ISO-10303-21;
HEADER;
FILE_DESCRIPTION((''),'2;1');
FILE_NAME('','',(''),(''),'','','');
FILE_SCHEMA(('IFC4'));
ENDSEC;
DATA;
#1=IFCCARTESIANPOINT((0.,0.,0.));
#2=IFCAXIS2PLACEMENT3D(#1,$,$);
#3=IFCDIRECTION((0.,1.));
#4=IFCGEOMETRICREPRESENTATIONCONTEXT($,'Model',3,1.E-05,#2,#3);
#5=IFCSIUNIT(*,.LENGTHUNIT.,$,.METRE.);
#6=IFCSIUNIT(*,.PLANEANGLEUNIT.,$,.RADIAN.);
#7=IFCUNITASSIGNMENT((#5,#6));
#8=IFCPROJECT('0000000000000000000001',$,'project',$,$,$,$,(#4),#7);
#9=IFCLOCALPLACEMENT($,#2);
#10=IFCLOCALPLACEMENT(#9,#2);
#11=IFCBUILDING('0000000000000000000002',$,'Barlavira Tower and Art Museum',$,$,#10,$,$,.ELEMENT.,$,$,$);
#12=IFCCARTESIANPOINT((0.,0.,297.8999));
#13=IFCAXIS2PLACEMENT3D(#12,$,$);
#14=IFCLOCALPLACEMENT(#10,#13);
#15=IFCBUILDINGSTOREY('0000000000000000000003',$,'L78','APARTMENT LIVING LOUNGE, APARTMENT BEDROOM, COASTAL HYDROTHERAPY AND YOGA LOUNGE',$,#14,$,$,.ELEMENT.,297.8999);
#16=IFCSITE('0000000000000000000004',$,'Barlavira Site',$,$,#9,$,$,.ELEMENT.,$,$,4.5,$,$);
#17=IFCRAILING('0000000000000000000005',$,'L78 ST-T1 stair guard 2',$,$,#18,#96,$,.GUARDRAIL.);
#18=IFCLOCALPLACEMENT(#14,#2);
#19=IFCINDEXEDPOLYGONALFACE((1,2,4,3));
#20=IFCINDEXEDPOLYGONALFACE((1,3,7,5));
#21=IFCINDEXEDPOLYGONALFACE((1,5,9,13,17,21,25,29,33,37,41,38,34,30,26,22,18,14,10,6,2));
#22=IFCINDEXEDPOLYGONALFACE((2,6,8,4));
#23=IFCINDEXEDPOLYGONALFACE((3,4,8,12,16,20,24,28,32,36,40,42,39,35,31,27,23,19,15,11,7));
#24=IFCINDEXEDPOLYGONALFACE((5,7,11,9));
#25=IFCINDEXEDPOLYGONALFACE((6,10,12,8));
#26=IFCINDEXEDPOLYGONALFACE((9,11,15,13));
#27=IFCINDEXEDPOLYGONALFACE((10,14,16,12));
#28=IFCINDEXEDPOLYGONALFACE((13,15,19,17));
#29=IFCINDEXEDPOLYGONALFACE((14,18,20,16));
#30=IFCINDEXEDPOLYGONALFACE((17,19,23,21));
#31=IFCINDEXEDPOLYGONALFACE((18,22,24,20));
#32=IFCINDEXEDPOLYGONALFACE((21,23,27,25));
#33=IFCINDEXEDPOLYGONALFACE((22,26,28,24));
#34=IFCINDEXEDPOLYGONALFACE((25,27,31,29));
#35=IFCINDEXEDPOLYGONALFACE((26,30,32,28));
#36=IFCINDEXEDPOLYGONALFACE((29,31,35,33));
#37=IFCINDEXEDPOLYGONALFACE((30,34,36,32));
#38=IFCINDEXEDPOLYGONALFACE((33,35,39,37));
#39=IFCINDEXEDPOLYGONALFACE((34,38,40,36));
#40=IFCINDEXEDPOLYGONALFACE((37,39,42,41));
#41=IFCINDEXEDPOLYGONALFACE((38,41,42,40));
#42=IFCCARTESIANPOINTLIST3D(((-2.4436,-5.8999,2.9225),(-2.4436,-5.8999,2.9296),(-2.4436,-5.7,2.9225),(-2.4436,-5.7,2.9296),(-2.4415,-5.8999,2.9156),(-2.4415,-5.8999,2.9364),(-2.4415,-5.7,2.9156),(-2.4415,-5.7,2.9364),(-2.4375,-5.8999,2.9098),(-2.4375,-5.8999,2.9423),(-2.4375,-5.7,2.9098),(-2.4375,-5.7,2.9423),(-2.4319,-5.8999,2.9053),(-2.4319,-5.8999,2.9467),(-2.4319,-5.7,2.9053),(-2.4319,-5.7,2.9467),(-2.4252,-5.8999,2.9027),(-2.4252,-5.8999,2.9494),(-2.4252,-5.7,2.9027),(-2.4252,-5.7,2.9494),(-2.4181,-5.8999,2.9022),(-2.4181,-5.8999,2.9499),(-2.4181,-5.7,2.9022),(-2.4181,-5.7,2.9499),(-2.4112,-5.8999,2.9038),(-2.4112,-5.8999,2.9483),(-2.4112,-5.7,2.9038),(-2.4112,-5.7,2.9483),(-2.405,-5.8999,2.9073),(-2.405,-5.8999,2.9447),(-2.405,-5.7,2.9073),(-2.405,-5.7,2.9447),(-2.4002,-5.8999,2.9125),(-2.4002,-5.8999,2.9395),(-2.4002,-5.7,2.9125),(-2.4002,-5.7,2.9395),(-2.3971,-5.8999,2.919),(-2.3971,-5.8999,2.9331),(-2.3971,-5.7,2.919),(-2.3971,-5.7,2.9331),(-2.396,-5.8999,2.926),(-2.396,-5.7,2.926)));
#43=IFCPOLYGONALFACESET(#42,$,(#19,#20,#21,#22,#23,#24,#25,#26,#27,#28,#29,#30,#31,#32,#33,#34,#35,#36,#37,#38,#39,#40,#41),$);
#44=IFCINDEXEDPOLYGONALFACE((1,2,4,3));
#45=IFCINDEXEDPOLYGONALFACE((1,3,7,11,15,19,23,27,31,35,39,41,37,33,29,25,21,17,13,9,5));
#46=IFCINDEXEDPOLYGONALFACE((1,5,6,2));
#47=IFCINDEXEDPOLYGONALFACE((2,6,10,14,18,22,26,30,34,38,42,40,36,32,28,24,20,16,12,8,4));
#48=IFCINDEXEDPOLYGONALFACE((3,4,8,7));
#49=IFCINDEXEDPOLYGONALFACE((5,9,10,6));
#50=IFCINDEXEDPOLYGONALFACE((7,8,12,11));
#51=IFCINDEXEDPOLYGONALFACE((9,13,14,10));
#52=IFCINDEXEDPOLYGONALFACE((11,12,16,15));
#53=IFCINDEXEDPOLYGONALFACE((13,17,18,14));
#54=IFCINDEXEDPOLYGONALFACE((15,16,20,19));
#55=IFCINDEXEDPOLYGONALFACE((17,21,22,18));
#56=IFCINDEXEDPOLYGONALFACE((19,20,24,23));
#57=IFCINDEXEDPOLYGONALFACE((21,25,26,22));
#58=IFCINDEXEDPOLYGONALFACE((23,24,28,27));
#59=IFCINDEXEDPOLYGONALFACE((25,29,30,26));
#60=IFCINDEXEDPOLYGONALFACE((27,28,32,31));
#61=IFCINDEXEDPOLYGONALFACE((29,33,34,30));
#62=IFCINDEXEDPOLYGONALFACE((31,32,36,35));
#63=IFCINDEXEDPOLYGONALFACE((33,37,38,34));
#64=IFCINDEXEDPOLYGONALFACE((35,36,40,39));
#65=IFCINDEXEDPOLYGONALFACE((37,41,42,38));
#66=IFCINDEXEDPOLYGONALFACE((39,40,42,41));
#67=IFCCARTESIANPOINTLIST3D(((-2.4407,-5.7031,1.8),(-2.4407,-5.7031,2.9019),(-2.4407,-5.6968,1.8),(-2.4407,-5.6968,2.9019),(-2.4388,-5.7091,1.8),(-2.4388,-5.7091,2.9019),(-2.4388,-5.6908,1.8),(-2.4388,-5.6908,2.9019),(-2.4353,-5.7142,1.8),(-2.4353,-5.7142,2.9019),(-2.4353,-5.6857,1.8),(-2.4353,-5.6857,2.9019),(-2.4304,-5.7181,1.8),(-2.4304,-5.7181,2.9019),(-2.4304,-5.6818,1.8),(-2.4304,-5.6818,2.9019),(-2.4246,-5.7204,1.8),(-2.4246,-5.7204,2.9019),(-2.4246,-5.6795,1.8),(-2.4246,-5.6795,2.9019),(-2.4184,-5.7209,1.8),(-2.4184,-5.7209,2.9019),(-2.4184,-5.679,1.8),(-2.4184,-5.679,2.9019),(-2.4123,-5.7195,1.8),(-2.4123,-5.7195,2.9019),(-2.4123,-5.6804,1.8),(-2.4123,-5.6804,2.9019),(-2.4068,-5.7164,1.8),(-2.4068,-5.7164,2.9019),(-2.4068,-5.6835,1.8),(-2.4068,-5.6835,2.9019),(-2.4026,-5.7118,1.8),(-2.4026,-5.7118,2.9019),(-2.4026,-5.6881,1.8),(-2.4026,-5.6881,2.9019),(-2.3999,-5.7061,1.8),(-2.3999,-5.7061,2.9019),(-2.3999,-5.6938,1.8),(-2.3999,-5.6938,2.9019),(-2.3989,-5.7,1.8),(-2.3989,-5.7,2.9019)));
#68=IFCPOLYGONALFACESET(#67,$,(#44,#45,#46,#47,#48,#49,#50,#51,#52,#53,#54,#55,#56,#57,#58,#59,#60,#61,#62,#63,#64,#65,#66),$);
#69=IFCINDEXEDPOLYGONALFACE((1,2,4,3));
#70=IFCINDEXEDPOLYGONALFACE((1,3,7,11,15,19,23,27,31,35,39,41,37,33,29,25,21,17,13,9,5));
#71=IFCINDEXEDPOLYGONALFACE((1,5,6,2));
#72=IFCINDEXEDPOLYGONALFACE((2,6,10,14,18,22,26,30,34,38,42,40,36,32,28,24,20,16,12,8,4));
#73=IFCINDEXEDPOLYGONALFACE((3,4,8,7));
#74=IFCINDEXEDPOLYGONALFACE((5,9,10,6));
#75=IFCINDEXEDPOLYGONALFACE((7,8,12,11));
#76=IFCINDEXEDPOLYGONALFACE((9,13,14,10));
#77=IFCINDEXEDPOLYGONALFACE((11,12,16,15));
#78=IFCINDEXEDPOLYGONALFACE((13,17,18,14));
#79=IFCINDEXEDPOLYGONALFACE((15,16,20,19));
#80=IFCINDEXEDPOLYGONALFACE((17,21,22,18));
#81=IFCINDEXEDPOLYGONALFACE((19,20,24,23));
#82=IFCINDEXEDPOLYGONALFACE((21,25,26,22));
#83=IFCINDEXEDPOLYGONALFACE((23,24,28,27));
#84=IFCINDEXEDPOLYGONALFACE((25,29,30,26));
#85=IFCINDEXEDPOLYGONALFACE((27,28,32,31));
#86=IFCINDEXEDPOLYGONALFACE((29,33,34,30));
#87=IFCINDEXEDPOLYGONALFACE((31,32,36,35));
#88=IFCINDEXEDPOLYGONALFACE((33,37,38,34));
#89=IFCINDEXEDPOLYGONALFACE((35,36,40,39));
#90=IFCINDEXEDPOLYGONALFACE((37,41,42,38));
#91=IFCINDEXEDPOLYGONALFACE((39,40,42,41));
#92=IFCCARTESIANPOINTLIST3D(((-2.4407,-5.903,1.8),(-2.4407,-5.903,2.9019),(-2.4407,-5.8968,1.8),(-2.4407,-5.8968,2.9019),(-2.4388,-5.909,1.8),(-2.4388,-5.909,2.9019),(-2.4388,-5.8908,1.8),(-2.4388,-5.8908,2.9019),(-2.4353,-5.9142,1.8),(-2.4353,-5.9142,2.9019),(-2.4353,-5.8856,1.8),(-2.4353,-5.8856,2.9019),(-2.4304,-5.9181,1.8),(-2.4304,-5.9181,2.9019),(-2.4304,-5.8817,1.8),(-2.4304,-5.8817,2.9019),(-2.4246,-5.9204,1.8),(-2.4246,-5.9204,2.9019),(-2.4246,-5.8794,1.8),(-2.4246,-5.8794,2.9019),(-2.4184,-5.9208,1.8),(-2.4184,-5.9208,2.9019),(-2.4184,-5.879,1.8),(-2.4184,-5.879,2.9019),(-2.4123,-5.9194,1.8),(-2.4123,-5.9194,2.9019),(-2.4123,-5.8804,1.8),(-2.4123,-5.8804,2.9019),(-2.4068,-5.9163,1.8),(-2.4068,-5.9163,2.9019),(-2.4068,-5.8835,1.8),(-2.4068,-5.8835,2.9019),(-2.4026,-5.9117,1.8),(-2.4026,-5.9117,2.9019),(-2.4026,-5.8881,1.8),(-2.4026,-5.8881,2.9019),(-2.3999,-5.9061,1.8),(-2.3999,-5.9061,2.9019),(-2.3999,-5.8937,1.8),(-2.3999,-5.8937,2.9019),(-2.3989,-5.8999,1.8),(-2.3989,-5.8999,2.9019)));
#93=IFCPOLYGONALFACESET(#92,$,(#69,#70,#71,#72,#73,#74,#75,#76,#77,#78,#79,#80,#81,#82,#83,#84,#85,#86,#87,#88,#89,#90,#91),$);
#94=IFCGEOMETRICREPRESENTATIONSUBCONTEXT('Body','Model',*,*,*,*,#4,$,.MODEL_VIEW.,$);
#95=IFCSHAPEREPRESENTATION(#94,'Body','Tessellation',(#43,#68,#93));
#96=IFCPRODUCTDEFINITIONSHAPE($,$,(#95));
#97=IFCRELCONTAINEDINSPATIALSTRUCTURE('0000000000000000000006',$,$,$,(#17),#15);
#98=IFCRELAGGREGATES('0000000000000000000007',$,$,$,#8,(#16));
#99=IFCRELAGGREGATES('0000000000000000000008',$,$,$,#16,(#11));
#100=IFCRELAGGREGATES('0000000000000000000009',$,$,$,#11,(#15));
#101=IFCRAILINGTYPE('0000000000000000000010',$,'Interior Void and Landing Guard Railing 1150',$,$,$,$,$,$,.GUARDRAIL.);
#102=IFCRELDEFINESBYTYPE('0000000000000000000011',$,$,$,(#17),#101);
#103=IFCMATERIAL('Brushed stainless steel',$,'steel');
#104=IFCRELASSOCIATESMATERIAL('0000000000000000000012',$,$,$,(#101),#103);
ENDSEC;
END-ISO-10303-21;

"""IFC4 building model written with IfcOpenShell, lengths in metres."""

from ifc_helpers import new_model, si_unit, direction, frame, origin, origin_2d, place, context, subcontext, project, spatial, circle, extrude, material, type_object, element, save


model = new_model("IFC4")

# Units and contexts
model_context = context("Model", 3, precision=1e-05, world=origin(), true_north=direction((0.0, 1.0)))
body_context = subcontext(model_context, "Body", "Model", "MODEL_VIEW")
ifc_project = project(units=[si_unit("LENGTHUNIT", "METRE"), si_unit("PLANEANGLEUNIT", "RADIAN")], contexts=[model_context])

# Site, building, storey
site_placement = place(None, origin())
site = spatial("IfcSite", under=ifc_project, at=site_placement, Name="Barlavira Site", CompositionType="ELEMENT", RefElevation=4.5)
building_placement = place(site_placement, origin())
building = spatial("IfcBuilding", under=site, at=building_placement, Name="Barlavira Tower and Art Museum", CompositionType="ELEMENT")
storey_placement = place(building_placement, frame((0.0, 0.0, 297.8999)))
storey = spatial("IfcBuildingStorey", under=building, at=storey_placement, Name="L78", Description="APARTMENT LIVING LOUNGE, APARTMENT BEDROOM, COASTAL HYDROTHERAPY AND YOGA LOUNGE", CompositionType="ELEMENT", Elevation=297.8999)

# Shared definitions
ifc_material_1 = material(Name="Brushed stainless steel", Category="steel")

# Railing
railing_type_1 = type_object("IfcRailingType", Name="Interior Void and Landing Guard Railing 1150", PredefinedType="GUARDRAIL", material=ifc_material_1)
railing_1_placement = place(storey_placement, frame((-2.4199, -5.7, 1.8)))
element("IfcRailing", 1, at=railing_1_placement, inside=storey, type_object=railing_type_1, Name="L78 ST-T1 stair guard 2", PredefinedType="GUARDRAIL", context=body_context, shape_type="SweptSolid", body=[
    extrude(circle(Radius=0.0239, at=origin_2d()), frame((0.0, 0.0, 1.126), z_axis=(0.0, -1.0, 0.0), x_axis=(1.0, 0.0, 0.0)), (0.0, 0.0, 1.0), 0.2),
    extrude(circle(Radius=0.021, at=origin_2d()), origin(), (0.0, 0.0, 1.0), 1.1018),
    extrude(circle(Radius=0.021, at=origin_2d()), frame((0.0, -0.2, 0.0)), (0.0, 0.0, 1.0), 1.1018),
])

save(model, "model.ifc")
